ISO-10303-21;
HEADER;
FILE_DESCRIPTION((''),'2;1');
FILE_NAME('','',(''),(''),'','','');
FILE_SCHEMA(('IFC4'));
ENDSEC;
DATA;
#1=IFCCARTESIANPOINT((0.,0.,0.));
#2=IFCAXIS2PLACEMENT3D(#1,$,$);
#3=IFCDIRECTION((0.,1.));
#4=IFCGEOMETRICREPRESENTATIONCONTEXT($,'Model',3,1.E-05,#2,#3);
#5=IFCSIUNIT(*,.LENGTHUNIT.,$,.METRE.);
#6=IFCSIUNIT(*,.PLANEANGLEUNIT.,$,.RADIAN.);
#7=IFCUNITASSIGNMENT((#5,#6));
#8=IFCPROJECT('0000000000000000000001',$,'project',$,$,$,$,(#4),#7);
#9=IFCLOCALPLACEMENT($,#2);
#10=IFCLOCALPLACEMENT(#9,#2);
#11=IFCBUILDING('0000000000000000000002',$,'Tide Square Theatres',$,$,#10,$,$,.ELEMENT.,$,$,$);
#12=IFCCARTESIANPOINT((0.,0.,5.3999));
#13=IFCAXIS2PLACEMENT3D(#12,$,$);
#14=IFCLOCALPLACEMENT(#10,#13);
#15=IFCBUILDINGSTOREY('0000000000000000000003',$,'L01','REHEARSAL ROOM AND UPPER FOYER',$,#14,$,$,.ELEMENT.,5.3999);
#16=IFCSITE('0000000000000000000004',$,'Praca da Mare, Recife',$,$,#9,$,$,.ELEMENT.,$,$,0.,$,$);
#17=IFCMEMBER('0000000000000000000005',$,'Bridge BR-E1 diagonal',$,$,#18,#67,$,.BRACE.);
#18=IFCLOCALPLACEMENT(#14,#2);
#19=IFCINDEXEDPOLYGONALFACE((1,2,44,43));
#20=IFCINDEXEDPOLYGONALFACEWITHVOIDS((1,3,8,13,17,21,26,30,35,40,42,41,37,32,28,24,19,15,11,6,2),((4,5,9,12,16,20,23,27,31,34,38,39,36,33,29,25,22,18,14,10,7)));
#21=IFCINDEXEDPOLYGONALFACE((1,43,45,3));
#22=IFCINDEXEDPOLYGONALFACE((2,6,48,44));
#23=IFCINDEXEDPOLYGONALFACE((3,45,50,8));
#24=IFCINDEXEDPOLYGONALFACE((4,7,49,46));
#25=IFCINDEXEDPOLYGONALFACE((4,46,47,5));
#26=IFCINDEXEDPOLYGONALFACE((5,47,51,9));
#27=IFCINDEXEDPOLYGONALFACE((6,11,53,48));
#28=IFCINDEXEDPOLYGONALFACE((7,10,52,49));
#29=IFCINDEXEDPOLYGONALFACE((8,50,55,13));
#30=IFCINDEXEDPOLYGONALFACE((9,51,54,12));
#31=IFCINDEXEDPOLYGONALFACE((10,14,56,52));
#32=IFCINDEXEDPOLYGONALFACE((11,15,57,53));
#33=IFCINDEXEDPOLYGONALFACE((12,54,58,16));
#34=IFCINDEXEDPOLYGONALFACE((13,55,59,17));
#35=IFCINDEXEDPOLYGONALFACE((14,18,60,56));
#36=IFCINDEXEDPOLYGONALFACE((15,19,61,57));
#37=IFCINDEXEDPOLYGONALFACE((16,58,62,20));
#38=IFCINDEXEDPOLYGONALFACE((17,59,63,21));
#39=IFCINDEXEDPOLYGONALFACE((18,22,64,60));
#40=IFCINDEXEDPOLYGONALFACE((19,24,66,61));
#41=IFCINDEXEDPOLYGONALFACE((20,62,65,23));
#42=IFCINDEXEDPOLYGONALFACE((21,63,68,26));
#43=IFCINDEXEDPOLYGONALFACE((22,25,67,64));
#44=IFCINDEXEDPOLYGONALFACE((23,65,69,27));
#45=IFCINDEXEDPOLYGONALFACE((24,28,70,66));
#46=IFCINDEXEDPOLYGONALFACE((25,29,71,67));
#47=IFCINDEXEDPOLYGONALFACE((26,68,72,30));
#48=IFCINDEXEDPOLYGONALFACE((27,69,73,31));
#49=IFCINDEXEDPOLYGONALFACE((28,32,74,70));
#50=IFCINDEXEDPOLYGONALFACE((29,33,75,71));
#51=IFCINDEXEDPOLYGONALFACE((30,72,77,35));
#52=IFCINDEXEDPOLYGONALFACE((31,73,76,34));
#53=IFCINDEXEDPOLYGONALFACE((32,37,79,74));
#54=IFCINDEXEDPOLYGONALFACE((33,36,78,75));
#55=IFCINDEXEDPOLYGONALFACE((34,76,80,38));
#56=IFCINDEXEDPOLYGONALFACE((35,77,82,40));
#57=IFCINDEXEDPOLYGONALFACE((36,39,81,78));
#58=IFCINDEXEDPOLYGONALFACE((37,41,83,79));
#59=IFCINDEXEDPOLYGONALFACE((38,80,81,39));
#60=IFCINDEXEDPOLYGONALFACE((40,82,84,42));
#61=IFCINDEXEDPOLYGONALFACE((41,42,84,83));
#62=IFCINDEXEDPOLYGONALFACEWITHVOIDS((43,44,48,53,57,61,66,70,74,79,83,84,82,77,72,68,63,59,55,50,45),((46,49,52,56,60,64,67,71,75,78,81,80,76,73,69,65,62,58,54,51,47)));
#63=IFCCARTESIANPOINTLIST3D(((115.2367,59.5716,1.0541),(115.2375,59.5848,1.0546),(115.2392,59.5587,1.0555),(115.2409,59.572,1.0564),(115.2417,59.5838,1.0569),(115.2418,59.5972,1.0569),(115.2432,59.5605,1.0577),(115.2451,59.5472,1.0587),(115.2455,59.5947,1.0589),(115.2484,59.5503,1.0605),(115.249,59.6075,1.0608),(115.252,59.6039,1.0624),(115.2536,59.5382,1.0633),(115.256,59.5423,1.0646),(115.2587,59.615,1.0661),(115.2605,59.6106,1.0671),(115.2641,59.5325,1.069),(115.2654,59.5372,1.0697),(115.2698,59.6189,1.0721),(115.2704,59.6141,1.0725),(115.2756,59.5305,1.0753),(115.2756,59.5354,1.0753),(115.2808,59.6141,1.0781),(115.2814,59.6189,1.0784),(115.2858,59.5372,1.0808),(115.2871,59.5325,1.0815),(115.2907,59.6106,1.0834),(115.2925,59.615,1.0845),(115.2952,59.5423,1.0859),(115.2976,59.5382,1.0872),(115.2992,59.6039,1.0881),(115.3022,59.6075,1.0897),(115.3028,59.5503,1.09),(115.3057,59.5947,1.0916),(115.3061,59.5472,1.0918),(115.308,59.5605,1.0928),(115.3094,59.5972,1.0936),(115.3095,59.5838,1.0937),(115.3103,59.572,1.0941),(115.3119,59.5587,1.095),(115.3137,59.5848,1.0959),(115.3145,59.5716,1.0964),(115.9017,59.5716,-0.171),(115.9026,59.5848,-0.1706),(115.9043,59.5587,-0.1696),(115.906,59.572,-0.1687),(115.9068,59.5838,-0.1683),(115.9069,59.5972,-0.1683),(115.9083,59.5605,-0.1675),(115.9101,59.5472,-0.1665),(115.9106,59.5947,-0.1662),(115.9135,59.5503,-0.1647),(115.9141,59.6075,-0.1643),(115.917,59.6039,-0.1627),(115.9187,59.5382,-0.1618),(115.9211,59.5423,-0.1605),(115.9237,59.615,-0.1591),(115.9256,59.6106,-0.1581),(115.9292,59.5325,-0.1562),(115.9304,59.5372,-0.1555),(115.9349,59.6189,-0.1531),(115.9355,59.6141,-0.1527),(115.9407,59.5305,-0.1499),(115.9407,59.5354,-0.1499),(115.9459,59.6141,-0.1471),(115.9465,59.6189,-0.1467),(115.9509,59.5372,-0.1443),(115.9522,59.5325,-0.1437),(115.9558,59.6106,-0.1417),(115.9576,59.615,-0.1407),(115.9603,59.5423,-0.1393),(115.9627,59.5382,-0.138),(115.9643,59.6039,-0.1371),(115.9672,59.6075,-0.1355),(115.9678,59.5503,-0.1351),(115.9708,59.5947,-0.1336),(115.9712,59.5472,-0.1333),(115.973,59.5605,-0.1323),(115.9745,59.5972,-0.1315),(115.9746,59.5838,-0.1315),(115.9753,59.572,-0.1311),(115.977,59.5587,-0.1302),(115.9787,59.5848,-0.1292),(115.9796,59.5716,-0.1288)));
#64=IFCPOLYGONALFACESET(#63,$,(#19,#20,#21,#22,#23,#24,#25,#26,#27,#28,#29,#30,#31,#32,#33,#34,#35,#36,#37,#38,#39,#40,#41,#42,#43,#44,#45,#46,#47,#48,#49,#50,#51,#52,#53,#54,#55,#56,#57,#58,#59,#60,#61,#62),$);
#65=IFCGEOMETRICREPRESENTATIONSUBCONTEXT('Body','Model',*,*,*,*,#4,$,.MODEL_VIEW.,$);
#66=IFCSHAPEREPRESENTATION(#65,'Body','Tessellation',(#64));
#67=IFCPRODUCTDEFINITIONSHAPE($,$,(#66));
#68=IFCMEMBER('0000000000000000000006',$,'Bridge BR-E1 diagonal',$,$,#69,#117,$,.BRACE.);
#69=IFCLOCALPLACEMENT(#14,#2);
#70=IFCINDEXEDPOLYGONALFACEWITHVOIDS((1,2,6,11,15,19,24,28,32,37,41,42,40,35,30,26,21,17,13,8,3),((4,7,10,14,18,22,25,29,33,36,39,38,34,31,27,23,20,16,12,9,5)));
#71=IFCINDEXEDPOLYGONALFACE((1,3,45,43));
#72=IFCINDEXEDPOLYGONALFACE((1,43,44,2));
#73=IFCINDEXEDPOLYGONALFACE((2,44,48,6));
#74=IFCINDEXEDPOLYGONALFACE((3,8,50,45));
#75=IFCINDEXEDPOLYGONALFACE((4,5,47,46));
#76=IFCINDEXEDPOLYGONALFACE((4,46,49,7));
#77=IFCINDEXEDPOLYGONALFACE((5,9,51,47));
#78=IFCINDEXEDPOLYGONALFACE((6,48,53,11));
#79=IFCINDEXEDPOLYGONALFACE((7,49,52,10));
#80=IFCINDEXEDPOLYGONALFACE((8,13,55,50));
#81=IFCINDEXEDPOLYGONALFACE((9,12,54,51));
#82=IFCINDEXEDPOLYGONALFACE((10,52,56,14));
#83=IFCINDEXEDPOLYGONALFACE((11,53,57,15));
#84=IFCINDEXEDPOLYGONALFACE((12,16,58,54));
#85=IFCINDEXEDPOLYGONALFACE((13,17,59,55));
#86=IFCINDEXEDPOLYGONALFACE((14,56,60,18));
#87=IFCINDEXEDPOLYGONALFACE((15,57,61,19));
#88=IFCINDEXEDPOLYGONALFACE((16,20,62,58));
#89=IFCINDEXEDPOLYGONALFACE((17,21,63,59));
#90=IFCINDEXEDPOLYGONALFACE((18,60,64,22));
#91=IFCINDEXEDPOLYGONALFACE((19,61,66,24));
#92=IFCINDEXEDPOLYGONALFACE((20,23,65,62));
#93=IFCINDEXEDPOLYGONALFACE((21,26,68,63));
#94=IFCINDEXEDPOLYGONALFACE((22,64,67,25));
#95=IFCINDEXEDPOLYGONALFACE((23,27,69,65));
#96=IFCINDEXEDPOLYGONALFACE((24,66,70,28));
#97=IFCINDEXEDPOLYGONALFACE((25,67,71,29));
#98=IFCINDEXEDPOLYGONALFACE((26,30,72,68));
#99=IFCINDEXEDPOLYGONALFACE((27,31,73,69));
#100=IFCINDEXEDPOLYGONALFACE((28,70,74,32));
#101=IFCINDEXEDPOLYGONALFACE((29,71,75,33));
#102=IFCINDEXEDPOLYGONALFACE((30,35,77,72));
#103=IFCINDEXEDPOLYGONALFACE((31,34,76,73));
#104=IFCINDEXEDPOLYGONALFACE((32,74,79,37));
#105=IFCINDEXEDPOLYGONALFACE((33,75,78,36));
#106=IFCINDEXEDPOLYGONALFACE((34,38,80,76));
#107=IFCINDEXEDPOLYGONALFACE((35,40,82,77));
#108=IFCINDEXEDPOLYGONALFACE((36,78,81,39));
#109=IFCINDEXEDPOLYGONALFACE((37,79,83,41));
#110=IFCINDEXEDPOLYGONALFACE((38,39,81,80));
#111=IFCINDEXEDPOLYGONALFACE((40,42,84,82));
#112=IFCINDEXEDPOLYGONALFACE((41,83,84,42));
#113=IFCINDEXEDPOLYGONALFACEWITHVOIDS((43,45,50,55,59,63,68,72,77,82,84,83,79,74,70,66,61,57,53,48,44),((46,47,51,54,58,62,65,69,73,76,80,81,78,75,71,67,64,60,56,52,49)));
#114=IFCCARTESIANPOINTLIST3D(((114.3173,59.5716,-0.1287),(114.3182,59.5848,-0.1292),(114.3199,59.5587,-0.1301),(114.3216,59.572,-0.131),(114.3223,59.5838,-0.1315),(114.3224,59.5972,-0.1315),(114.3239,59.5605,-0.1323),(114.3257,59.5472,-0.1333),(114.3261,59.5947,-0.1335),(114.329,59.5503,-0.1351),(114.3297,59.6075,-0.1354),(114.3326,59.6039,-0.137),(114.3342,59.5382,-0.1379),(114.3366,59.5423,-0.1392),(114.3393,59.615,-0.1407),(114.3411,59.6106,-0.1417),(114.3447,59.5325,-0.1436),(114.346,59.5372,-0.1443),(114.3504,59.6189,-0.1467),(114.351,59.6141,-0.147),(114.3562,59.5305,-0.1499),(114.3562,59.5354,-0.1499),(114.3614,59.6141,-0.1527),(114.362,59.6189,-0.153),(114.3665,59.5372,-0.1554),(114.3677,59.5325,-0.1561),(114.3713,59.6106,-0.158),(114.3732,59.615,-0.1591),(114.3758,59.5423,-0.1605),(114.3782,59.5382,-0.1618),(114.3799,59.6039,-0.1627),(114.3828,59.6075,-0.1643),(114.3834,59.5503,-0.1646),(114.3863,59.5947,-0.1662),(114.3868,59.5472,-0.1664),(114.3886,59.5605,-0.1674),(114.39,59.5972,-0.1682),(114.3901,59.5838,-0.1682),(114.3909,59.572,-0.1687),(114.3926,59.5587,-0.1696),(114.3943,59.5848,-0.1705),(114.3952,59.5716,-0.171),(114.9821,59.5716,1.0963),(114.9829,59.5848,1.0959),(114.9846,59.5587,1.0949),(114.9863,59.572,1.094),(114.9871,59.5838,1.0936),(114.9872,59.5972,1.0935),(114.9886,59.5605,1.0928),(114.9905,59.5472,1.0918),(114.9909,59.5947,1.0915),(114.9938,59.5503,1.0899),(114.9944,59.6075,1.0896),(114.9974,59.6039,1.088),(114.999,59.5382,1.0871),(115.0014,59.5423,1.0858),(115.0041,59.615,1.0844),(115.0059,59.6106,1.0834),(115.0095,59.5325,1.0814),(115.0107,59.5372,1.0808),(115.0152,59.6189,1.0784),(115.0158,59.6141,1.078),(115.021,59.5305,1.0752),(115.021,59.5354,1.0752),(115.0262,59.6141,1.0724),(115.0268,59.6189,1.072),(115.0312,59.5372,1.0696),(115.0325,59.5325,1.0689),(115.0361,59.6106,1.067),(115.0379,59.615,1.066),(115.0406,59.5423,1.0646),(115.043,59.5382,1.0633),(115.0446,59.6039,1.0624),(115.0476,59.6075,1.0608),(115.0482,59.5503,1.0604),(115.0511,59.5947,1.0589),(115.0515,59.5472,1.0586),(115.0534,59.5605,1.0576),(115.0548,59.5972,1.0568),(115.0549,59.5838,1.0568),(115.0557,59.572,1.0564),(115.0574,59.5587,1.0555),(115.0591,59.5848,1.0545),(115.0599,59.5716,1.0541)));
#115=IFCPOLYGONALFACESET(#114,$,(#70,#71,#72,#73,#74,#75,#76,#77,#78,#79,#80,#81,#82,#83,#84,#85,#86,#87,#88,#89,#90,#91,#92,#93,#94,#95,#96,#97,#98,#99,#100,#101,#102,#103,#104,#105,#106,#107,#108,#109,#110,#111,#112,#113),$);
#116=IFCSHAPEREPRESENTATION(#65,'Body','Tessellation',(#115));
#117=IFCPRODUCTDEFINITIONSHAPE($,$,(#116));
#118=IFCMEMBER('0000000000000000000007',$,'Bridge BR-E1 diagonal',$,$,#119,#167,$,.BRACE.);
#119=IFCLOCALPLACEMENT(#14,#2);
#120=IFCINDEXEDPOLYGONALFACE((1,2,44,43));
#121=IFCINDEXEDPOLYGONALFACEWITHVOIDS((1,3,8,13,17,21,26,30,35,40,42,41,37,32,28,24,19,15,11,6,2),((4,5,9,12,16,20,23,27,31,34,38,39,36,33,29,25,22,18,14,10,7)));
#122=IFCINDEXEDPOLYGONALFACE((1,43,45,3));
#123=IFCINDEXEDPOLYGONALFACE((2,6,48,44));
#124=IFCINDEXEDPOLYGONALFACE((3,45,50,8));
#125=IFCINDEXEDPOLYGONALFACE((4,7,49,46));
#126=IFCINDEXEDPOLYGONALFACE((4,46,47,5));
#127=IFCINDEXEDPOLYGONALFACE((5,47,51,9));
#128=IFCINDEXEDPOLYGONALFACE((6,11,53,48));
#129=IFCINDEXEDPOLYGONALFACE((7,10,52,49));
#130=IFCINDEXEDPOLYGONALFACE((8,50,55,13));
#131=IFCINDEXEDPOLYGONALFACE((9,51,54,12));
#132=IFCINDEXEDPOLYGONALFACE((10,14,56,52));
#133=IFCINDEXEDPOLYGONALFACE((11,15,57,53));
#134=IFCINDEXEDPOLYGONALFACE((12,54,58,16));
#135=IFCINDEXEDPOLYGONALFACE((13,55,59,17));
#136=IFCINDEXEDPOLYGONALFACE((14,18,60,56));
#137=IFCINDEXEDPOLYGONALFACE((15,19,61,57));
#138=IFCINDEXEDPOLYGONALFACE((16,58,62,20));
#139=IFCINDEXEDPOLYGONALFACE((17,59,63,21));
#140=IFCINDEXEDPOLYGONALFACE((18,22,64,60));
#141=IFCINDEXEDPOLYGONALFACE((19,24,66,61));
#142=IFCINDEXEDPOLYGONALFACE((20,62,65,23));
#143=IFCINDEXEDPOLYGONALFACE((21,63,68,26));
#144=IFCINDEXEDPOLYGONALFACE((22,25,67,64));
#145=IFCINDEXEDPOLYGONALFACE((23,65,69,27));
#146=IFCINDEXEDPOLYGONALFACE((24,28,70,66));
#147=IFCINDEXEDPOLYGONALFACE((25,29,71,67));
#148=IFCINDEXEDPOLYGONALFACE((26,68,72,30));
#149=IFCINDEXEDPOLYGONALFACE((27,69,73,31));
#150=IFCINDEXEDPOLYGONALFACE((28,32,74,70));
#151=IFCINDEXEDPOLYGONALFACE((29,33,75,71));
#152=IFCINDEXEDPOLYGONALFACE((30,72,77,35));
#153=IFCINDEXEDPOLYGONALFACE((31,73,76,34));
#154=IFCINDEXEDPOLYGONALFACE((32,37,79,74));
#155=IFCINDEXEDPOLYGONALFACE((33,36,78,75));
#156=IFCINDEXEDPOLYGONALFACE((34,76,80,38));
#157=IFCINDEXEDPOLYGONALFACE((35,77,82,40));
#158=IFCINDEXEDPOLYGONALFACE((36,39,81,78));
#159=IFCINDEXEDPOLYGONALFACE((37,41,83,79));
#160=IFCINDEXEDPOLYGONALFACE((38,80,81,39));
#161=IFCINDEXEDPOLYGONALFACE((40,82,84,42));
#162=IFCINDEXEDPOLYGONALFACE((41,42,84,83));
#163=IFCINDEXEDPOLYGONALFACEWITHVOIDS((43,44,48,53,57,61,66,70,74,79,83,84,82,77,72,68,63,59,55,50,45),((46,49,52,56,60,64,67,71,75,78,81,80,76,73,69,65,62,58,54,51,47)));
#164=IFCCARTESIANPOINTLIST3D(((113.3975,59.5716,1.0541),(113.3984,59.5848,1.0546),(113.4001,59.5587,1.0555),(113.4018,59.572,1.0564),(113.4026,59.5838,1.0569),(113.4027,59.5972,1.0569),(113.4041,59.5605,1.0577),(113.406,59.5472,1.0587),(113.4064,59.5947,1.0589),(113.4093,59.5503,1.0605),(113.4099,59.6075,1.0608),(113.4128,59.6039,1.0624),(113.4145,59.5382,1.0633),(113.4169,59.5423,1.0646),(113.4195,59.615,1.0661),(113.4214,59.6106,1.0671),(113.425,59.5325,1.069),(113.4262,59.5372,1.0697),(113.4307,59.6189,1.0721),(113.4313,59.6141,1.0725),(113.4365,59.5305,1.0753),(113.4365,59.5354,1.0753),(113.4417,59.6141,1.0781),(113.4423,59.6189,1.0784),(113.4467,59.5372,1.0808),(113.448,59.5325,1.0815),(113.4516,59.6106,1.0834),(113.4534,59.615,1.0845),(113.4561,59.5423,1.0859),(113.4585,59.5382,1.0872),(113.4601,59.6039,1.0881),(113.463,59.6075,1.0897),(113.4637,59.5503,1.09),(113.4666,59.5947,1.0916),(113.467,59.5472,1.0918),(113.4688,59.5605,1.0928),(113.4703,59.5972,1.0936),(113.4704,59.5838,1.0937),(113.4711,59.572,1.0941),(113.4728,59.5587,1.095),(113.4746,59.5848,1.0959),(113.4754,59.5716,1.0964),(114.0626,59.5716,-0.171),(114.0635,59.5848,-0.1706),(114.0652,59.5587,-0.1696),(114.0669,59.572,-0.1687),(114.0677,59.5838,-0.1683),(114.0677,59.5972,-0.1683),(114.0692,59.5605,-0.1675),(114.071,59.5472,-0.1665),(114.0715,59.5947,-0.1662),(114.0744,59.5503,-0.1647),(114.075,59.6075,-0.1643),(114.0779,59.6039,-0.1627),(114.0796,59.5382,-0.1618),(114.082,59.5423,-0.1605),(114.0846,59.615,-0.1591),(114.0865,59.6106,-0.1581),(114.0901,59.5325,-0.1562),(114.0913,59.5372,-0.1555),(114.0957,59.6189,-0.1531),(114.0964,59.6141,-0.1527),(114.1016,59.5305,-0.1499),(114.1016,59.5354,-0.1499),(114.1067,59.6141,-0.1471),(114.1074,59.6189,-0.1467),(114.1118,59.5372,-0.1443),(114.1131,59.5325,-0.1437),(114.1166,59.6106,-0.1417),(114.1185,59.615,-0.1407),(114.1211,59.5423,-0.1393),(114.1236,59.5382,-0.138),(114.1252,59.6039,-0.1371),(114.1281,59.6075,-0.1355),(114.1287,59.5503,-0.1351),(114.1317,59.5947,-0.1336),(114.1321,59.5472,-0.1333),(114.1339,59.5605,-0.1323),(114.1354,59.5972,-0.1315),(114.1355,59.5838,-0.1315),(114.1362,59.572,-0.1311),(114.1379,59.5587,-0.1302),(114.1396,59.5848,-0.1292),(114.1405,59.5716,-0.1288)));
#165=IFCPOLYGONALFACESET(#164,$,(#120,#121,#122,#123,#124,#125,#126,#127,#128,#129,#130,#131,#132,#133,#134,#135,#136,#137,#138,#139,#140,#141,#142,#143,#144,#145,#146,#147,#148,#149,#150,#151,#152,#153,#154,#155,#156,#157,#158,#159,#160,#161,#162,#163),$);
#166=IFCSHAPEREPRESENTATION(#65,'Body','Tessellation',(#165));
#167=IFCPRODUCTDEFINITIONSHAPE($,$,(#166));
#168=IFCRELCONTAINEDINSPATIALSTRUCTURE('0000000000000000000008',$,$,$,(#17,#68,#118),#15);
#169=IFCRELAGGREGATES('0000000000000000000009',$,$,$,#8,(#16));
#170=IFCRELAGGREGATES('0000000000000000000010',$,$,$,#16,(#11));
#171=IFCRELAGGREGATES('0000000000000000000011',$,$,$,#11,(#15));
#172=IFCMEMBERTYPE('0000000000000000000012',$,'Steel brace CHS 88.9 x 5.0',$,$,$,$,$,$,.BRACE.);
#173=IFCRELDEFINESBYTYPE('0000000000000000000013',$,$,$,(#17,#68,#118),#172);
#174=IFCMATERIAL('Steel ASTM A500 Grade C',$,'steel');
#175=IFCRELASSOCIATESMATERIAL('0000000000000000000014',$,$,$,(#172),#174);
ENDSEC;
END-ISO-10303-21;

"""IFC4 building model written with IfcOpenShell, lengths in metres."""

from ifc_helpers import new_model, si_unit, direction, frame, origin, origin_2d, place, context, subcontext, project, spatial, hollow_circle, extrude, material, material_profile, profile_set, type_object, element, save


model = new_model("IFC4")

# Units and contexts
model_context = context("Model", 3, precision=1e-05, world=origin(), true_north=direction((0.0, 1.0)))
body_context = subcontext(model_context, "Body", "Model", "MODEL_VIEW")
ifc_project = project(units=[si_unit("LENGTHUNIT", "METRE"), si_unit("PLANEANGLEUNIT", "RADIAN")], contexts=[model_context])

# Site, building, storey
site_placement = place(None, origin())
site = spatial("IfcSite", under=ifc_project, at=site_placement, Name="Praca da Mare, Recife", CompositionType="ELEMENT", RefElevation=0.0)
building_placement = place(site_placement, origin())
building = spatial("IfcBuilding", under=site, at=building_placement, Name="Tide Square Theatres", CompositionType="ELEMENT")
storey_placement = place(building_placement, frame((0.0, 0.0, 5.3999)))
storey = spatial("IfcBuildingStorey", under=building, at=storey_placement, Name="L01", Description="REHEARSAL ROOM AND UPPER FOYER", CompositionType="ELEMENT", Elevation=5.3999)

# Members
ifc_material_1 = material(Name="Steel ASTM A500 Grade C", Category="steel")
ifc_material_profile_1 = material_profile(ifc_material_1, hollow_circle(Radius=0.0444, WallThickness=0.0049, at=origin_2d()))
ifc_profile_set_1 = profile_set([ifc_material_profile_1], Name="Steel ASTM A500 Grade C")
member_type_1 = type_object("IfcMemberType", Name="Steel brace CHS 88.9 x 5.0", PredefinedType="BRACE", material=ifc_profile_set_1)
for number, where, z_axis, x_axis, name in (
    (1, (115.9407, 59.575, -0.1499), (-0.477084, 0.0, 0.878858), (0.0, -1.0, 0.0), "Bridge BR-E1 diagonal"),
):
    element("IfcMember", number, at=place(storey_placement, frame(where, z_axis=z_axis, x_axis=x_axis)), inside=storey, type_object=member_type_1, Name=name, PredefinedType="BRACE", context=body_context, shape_type="SweptSolid", body=[
        extrude(hollow_circle(Radius=0.0444, WallThickness=0.0049, at=origin_2d()), origin(), (0.0, 0.0, 1.0), 1.394),
    ])
member_1_placement = place(storey_placement, frame((115.021, 59.575, 1.0752), z_axis=(-0.476949, 0.0, -0.878931), x_axis=(0.0, -1.0, 0.0)))
element("IfcMember", 2, at=member_1_placement, inside=storey, type_object=member_type_1, Name="Bridge BR-E1 diagonal", PredefinedType="BRACE", context=body_context, shape_type="SweptSolid", body=[
    extrude(hollow_circle(Radius=0.0444, WallThickness=0.0049, at=origin_2d()), origin(), (0.0, 0.0, 1.0), 1.3938),
])
member_2_placement = place(storey_placement, frame((114.1016, 59.575, -0.1499), z_axis=(-0.477084, 0.0, 0.878858), x_axis=(0.0, -1.0, 0.0)))
element("IfcMember", 3, at=member_2_placement, inside=storey, type_object=member_type_1, Name="Bridge BR-E1 diagonal", PredefinedType="BRACE", context=body_context, shape_type="SweptSolid", body=[
    extrude(hollow_circle(Radius=0.0444, WallThickness=0.0049, at=origin_2d()), origin(), (0.0, 0.0, 1.0), 1.394),
])

save(model, "model.ifc")
